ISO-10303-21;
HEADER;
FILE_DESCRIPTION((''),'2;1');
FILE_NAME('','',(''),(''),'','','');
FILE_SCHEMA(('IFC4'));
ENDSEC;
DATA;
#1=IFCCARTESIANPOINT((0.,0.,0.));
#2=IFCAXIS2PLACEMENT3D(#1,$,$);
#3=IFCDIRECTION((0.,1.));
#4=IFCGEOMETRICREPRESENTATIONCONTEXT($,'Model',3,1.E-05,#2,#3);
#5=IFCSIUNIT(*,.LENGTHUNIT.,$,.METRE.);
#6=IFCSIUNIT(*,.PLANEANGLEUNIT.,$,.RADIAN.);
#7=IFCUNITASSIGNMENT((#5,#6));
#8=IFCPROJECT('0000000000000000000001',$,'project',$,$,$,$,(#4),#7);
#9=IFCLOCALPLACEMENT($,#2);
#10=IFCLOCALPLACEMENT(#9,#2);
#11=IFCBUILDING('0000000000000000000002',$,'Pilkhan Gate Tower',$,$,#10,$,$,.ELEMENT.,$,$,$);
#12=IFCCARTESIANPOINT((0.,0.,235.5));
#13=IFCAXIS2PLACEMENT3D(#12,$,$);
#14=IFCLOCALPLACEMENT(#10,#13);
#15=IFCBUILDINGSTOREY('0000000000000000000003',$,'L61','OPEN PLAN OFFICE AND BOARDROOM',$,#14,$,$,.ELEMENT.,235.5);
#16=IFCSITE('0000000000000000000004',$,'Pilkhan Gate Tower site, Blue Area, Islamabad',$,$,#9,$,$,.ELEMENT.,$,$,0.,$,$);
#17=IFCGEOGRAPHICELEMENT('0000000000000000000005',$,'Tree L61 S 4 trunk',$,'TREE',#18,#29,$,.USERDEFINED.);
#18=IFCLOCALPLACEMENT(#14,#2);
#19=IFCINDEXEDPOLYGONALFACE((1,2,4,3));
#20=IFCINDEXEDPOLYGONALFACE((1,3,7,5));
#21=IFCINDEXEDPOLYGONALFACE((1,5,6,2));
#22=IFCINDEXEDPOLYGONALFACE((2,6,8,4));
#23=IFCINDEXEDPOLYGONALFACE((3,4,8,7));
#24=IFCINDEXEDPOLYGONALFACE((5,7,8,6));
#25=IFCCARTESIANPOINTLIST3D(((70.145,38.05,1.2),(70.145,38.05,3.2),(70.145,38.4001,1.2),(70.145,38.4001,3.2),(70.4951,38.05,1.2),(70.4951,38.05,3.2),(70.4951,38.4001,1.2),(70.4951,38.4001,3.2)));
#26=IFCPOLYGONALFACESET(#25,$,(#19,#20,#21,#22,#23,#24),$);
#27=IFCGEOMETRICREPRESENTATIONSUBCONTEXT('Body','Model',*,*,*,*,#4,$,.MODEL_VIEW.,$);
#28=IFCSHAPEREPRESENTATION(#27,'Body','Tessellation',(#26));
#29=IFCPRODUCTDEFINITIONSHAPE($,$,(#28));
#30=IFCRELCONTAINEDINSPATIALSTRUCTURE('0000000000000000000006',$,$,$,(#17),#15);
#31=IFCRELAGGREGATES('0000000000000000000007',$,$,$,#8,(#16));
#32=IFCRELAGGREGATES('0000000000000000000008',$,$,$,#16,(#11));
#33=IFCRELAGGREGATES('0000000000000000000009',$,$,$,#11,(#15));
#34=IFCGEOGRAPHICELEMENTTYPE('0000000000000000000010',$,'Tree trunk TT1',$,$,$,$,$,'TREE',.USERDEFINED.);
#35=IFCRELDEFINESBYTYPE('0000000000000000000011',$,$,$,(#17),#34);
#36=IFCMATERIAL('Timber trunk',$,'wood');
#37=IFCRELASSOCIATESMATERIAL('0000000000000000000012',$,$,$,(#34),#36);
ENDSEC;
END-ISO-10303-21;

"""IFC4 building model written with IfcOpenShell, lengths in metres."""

from ifc_helpers import new_model, si_unit, direction, frame, origin, origin_2d, place, context, subcontext, project, spatial, rectangle, extrude, material, type_object, element, save


model = new_model("IFC4")

# Units and contexts
model_context = context("Model", 3, precision=1e-05, world=origin(), true_north=direction((0.0, 1.0)))
body_context = subcontext(model_context, "Body", "Model", "MODEL_VIEW")
ifc_project = project(units=[si_unit("LENGTHUNIT", "METRE"), si_unit("PLANEANGLEUNIT", "RADIAN")], contexts=[model_context])

# Site, building, storey
site_placement = place(None, origin())
site = spatial("IfcSite", under=ifc_project, at=site_placement, Name="Pilkhan Gate Tower site, Blue Area, Islamabad", CompositionType="ELEMENT", RefElevation=0.0)
building_placement = place(site_placement, origin())
building = spatial("IfcBuilding", under=site, at=building_placement, Name="Pilkhan Gate Tower", CompositionType="ELEMENT")
storey_placement = place(building_placement, frame((0.0, 0.0, 235.5)))
storey = spatial("IfcBuildingStorey", under=building, at=storey_placement, Name="L61", Description="OPEN PLAN OFFICE AND BOARDROOM", CompositionType="ELEMENT", Elevation=235.5)

# Geographic element
ifc_material_1 = material(Name="Timber trunk", Category="wood")
geographic_element_type_1 = type_object("IfcGeographicElementType", Name="Tree trunk TT1", ElementType="TREE", PredefinedType="USERDEFINED", material=ifc_material_1)
for number, where, z_axis, x_axis, name in (
    (1, (70.3201, 38.2251, 1.2), (0.0, 0.0, 1.0), (1.0, 0.0, 0.0), "Tree L61 S 4 trunk"),
):
    element("IfcGeographicElement", number, at=place(storey_placement, frame(where, z_axis=z_axis, x_axis=x_axis)), inside=storey, type_object=geographic_element_type_1, Name=name, ObjectType="TREE", PredefinedType="USERDEFINED", context=body_context, shape_type="SweptSolid", body=[
        extrude(rectangle(XDim=0.3501, YDim=0.3501, at=origin_2d()), origin(), (0.0, 0.0, 1.0), 2.0),
    ])

save(model, "model.ifc")
